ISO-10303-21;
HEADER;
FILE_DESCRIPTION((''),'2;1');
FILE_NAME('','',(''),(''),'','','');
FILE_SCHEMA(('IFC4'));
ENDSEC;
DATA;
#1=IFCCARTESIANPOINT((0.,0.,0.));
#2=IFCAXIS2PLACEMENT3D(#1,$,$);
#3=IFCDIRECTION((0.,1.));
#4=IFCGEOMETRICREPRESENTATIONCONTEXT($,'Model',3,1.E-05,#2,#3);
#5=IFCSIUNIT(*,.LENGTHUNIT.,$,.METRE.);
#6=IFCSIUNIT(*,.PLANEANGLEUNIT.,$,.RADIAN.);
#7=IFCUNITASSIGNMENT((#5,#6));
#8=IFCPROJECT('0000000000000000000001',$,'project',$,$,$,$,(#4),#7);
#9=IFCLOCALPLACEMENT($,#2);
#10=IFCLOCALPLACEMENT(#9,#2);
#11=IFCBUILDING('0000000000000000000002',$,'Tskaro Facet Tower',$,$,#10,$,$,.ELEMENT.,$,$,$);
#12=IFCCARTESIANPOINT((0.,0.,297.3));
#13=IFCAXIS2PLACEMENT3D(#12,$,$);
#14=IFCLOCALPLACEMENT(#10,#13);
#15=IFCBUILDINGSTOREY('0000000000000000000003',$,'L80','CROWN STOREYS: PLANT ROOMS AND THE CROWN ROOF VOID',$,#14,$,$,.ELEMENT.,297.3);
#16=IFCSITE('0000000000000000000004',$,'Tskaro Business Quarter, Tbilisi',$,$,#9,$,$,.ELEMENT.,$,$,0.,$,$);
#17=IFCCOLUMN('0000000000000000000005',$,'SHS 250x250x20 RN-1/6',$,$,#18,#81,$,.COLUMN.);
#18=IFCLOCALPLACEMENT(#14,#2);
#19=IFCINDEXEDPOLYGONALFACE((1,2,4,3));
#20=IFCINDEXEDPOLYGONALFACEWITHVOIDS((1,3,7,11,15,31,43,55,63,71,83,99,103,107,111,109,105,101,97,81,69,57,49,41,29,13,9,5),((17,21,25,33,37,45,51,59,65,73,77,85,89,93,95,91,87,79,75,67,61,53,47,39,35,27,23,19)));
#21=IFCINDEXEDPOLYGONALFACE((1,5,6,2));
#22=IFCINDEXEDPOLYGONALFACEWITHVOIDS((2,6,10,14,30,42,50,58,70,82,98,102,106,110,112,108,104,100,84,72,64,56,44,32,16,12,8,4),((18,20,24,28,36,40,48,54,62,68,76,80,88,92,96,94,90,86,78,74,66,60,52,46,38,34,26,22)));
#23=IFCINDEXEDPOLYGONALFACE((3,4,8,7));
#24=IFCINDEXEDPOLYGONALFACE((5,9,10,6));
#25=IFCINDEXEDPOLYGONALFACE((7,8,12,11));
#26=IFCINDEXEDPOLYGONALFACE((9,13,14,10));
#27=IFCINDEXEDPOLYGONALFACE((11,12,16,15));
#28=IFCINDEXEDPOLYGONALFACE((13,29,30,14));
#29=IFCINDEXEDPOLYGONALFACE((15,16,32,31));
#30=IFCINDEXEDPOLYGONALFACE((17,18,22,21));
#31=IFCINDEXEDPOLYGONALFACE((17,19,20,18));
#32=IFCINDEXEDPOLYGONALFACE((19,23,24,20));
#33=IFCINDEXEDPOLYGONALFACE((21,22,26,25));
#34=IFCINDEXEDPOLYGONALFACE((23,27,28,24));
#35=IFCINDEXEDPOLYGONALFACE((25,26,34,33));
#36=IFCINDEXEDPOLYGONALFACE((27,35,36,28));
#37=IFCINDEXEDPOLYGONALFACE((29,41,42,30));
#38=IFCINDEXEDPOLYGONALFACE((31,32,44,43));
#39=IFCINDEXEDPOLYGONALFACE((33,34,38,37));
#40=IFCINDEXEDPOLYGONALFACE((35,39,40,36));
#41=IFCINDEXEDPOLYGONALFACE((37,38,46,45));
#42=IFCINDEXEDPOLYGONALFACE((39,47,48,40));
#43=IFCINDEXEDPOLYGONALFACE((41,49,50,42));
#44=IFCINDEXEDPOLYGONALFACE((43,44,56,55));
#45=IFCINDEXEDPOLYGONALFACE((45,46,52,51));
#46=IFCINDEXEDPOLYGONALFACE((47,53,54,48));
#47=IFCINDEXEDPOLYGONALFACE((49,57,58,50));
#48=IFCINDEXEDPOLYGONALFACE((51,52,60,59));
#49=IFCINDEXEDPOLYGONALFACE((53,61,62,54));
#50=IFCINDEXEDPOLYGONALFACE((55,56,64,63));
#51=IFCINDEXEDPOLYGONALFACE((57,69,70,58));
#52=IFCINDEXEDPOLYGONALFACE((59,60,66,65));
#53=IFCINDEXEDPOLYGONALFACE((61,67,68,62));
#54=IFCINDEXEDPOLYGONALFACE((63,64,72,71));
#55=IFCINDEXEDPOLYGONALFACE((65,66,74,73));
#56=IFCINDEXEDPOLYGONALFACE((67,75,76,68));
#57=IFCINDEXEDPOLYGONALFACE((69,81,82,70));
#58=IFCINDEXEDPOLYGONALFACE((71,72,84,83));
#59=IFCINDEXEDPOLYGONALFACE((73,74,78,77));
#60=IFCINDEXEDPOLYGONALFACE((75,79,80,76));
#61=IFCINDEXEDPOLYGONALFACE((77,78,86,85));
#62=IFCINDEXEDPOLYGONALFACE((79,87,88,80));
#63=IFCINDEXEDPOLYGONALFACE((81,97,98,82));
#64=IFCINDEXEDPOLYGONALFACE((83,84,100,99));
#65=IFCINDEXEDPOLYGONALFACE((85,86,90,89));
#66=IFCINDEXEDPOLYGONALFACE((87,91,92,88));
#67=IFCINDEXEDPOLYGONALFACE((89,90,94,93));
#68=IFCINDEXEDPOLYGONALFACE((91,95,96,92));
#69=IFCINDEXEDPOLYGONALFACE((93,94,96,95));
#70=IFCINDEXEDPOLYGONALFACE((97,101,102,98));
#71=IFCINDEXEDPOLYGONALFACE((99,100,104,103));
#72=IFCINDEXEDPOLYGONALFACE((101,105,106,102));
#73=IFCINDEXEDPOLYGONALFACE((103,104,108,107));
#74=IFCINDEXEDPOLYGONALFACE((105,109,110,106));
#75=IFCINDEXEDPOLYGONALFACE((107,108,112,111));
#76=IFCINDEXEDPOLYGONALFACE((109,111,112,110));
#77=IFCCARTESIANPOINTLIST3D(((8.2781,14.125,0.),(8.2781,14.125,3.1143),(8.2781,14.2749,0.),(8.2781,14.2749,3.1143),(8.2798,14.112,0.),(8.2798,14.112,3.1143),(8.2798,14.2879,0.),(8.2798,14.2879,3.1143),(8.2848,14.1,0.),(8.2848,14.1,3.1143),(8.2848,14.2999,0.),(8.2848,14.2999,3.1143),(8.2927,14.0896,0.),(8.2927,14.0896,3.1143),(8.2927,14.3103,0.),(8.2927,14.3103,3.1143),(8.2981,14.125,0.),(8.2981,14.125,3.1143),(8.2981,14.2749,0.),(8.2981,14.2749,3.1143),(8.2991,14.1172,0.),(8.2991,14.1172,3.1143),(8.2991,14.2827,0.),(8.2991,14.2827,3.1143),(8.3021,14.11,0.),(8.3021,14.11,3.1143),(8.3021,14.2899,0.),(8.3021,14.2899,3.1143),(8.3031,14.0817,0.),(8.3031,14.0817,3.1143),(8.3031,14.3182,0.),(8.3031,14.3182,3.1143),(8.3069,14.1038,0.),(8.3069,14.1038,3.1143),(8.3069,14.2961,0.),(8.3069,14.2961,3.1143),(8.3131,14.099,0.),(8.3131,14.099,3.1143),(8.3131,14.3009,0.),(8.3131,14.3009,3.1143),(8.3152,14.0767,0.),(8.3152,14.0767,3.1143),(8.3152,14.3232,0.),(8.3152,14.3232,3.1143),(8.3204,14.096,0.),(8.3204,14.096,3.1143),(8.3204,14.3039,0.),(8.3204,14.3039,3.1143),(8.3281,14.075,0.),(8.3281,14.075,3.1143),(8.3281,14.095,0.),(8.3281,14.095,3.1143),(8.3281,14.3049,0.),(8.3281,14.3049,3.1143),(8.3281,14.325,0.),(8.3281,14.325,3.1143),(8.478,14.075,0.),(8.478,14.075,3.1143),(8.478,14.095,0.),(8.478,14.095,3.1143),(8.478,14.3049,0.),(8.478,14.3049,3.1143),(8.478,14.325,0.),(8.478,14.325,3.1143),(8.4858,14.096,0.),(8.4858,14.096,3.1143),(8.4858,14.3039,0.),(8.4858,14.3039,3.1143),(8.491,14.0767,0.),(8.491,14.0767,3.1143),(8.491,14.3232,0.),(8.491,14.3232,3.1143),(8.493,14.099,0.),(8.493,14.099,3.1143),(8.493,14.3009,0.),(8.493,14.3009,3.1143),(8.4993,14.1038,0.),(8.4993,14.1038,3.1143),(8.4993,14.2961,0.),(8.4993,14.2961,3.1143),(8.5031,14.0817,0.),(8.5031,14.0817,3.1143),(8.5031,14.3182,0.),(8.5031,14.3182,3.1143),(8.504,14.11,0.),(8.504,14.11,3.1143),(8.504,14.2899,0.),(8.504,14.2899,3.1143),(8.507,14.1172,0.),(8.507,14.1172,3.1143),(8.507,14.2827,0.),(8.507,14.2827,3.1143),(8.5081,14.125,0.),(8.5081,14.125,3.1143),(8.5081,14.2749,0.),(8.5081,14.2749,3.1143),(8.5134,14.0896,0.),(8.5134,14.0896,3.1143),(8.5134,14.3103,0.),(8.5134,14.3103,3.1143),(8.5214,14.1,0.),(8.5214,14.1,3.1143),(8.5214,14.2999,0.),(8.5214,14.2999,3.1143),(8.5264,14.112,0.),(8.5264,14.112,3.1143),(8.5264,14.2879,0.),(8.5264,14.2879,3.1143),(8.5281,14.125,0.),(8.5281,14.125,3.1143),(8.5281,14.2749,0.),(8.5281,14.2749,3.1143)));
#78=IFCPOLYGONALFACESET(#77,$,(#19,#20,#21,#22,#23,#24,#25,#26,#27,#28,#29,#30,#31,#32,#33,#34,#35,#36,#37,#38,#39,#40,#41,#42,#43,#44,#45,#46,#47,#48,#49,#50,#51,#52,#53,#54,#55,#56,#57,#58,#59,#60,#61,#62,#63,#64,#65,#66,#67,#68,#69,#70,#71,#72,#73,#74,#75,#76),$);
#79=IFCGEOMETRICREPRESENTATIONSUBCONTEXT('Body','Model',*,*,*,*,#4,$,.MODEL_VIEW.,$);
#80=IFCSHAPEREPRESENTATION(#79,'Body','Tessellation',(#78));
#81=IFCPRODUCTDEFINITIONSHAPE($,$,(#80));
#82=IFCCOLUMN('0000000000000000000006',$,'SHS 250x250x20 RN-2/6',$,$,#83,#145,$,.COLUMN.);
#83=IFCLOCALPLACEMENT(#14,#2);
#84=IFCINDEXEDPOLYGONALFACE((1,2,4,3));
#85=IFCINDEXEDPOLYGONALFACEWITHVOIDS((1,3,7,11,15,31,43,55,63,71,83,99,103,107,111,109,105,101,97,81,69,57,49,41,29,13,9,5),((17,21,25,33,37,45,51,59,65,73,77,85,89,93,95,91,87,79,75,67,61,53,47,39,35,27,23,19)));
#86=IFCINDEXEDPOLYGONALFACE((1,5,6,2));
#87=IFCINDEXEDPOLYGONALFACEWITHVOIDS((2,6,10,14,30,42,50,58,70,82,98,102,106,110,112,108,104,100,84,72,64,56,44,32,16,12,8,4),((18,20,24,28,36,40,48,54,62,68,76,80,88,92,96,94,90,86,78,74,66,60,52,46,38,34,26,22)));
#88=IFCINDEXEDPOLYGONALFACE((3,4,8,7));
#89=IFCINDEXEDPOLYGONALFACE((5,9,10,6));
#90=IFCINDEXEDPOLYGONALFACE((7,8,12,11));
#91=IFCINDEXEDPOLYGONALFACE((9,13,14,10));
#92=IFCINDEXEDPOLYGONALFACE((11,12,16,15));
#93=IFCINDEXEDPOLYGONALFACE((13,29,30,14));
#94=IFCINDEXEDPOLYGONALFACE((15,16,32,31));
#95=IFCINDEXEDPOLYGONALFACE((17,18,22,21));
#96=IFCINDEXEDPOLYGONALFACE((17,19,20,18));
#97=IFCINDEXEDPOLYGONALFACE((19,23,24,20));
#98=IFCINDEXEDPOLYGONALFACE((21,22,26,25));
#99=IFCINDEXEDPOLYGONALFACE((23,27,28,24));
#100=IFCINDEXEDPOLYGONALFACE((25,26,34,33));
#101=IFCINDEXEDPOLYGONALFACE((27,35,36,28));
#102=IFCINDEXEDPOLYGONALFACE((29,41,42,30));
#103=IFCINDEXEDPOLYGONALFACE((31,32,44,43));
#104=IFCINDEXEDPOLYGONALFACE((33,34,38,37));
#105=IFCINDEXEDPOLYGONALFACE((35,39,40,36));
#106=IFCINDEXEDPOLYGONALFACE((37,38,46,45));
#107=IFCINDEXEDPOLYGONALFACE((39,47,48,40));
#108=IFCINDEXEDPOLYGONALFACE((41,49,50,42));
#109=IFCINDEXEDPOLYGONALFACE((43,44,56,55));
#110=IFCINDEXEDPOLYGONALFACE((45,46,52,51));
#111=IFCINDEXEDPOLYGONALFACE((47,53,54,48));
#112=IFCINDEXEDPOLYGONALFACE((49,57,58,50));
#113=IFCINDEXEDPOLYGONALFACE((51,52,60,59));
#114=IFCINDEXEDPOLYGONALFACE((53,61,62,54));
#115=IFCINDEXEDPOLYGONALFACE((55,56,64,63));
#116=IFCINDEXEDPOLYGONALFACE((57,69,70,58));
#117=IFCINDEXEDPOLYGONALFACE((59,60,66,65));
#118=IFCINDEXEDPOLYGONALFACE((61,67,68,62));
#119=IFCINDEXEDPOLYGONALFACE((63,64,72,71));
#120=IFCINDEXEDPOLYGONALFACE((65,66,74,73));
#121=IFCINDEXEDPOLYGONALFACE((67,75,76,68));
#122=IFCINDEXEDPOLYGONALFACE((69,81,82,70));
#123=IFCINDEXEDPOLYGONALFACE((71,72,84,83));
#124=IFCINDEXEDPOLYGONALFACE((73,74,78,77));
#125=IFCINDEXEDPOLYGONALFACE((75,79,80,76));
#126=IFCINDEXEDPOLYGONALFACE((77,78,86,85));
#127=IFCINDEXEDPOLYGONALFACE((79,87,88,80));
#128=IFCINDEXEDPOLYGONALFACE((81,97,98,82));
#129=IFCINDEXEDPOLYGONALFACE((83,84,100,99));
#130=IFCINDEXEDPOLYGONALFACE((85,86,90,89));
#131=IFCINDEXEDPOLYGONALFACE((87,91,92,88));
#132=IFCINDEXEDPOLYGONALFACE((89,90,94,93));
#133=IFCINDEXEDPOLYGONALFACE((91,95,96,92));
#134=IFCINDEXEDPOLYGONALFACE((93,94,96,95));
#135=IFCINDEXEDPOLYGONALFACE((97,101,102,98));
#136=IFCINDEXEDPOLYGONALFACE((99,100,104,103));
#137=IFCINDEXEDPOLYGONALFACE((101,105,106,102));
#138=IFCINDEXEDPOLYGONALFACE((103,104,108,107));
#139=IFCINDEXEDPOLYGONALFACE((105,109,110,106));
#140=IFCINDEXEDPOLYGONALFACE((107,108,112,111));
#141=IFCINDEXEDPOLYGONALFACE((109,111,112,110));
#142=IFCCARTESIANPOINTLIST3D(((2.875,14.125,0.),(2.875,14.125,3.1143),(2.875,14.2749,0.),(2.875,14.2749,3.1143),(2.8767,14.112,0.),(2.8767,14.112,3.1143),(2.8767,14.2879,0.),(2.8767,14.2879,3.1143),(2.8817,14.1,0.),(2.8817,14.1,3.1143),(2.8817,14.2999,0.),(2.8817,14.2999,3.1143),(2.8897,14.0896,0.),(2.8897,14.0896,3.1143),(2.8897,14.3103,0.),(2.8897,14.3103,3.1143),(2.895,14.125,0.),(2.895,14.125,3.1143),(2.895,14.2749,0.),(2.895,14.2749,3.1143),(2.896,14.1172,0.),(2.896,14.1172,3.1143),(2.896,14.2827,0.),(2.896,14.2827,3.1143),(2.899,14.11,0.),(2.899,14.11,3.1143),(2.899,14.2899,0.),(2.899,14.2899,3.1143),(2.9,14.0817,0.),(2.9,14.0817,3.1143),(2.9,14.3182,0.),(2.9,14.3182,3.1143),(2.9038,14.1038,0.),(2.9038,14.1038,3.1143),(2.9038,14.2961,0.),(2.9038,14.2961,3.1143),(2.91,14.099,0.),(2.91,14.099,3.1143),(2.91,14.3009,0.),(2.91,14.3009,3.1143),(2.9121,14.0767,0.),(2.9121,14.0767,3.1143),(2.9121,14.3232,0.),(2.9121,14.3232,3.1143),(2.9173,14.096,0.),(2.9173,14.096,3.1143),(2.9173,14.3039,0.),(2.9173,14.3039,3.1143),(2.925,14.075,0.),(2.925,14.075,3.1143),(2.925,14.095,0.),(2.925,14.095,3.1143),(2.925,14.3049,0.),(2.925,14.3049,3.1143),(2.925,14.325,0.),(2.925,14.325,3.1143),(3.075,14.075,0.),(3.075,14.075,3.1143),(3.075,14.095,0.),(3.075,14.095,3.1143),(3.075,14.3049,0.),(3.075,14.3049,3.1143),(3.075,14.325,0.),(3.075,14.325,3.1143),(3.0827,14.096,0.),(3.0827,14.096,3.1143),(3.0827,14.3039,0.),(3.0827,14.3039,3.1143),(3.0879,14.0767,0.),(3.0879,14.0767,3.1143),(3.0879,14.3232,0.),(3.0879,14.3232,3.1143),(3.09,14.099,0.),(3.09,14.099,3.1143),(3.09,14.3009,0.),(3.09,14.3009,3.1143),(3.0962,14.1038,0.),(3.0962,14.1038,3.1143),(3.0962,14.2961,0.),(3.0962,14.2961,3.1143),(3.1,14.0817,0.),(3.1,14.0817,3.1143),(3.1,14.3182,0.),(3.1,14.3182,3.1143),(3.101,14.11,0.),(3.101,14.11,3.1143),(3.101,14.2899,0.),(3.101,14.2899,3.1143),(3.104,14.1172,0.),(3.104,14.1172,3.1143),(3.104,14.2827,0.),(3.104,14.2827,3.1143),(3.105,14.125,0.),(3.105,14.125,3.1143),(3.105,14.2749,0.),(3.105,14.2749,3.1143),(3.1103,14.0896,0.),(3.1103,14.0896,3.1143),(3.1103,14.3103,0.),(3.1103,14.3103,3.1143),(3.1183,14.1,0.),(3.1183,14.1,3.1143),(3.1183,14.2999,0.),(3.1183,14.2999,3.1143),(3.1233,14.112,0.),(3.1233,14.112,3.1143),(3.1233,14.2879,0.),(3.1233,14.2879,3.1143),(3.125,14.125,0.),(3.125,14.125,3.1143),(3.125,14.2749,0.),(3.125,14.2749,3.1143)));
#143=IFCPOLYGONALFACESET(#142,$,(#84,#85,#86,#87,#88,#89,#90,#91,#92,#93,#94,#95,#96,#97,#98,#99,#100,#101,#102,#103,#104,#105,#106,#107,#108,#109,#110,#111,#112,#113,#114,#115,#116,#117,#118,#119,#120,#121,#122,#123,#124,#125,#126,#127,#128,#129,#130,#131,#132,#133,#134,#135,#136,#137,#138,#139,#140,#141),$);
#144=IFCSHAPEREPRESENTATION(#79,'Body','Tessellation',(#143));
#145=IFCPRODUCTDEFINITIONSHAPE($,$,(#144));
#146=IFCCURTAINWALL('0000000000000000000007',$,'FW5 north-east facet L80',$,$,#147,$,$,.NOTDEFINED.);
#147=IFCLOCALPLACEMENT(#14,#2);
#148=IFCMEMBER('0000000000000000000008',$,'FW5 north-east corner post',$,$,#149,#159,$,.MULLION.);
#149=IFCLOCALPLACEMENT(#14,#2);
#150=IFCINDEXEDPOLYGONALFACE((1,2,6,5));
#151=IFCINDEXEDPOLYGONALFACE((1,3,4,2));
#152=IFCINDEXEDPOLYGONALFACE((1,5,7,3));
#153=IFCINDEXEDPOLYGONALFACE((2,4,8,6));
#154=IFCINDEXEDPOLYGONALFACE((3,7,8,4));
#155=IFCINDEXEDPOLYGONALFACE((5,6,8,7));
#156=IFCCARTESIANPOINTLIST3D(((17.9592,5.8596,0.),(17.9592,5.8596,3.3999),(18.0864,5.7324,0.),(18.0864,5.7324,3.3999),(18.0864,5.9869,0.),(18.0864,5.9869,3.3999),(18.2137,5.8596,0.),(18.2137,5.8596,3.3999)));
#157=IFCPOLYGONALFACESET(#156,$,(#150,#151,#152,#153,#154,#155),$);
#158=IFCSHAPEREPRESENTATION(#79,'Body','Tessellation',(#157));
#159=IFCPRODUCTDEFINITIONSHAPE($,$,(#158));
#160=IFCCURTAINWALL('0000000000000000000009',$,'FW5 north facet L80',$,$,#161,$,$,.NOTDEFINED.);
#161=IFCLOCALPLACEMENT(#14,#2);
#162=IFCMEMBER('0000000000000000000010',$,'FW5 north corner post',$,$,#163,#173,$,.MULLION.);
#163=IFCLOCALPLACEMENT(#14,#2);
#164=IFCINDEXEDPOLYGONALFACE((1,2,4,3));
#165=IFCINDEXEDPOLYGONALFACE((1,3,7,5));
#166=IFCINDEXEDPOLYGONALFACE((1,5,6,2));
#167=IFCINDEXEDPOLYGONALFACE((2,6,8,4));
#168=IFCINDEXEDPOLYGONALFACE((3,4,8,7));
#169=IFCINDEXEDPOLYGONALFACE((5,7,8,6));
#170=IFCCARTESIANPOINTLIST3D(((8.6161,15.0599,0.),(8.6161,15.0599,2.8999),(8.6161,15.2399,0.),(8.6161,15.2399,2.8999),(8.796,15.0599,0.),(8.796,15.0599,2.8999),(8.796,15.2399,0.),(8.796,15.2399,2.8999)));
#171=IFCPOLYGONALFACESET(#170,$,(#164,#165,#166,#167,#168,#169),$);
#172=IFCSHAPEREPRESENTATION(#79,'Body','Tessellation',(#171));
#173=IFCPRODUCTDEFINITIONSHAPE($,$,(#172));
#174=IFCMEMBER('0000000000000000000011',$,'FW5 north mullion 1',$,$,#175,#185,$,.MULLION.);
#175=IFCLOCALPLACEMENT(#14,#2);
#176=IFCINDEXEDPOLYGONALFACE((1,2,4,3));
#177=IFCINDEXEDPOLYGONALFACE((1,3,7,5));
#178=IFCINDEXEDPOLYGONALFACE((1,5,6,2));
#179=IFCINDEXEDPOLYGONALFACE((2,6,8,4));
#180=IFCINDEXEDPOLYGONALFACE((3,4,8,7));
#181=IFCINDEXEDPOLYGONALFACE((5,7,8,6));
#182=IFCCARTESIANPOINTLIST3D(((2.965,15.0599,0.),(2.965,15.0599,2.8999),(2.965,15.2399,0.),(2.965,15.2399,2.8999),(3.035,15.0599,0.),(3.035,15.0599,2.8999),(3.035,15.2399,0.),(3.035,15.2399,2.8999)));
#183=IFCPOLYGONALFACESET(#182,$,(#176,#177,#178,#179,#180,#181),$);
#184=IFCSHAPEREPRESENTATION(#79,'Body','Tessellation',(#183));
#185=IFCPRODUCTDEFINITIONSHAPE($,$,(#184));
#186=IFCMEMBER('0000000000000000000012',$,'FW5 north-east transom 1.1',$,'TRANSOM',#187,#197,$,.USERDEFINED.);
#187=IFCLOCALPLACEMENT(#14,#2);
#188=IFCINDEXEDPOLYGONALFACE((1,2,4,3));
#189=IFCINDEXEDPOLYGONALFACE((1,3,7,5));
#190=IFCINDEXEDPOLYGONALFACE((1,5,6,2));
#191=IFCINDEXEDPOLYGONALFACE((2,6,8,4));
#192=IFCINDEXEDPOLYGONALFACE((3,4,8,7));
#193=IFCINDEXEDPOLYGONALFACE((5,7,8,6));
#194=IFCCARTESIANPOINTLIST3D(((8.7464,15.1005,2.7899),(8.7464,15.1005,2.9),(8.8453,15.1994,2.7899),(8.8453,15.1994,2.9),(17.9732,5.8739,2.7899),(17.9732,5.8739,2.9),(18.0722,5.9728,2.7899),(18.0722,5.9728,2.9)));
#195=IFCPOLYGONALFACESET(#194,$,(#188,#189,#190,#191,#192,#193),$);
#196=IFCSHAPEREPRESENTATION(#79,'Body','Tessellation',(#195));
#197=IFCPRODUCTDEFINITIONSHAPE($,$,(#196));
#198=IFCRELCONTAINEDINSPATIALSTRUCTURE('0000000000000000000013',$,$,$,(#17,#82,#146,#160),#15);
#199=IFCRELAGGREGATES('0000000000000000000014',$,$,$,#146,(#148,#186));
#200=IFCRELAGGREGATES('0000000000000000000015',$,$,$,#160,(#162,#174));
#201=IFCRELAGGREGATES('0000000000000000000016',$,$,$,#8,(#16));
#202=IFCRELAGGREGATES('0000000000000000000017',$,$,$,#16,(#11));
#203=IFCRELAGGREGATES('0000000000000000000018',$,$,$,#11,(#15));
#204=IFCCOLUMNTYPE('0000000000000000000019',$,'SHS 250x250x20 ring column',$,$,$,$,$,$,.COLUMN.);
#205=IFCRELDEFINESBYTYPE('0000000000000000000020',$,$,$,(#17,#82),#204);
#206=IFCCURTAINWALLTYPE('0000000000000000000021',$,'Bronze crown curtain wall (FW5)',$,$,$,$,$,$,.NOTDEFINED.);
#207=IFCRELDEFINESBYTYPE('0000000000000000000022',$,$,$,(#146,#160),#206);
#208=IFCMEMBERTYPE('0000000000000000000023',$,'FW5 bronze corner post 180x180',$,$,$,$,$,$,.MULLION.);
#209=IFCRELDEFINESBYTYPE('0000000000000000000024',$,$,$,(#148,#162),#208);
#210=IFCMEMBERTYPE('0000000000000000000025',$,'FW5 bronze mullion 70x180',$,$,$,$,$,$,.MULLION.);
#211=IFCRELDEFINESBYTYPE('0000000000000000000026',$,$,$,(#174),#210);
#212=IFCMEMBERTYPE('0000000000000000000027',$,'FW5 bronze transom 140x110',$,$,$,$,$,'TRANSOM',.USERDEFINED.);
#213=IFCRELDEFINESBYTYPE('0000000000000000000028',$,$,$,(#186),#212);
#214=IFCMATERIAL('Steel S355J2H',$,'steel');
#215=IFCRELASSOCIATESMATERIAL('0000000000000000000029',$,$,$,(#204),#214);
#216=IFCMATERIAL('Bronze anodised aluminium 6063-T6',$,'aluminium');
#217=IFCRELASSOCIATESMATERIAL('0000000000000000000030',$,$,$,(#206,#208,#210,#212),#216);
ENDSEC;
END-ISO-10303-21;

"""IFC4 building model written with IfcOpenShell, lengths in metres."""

from ifc_helpers import new_model, si_unit, direction, frame, origin, origin_2d, place, context, subcontext, project, spatial, rectangle, hollow_rectangle, extrude, material, material_profile, profile_set, type_object, element, aggregate, save


model = new_model("IFC4")

# Units and contexts
model_context = context("Model", 3, precision=1e-05, world=origin(), true_north=direction((0.0, 1.0)))
body_context = subcontext(model_context, "Body", "Model", "MODEL_VIEW")
ifc_project = project(units=[si_unit("LENGTHUNIT", "METRE"), si_unit("PLANEANGLEUNIT", "RADIAN")], contexts=[model_context])

# Site, building, storey
site_placement = place(None, origin())
site = spatial("IfcSite", under=ifc_project, at=site_placement, Name="Tskaro Business Quarter, Tbilisi", CompositionType="ELEMENT", RefElevation=0.0)
building_placement = place(site_placement, origin())
building = spatial("IfcBuilding", under=site, at=building_placement, Name="Tskaro Facet Tower", CompositionType="ELEMENT")
storey_placement = place(building_placement, frame((0.0, 0.0, 297.3)))
storey = spatial("IfcBuildingStorey", under=building, at=storey_placement, Name="L80", Description="CROWN STOREYS: PLANT ROOMS AND THE CROWN ROOF VOID", CompositionType="ELEMENT", Elevation=297.3)

# Columns
ifc_material_1 = material(Name="Steel S355J2H", Category="steel")
ifc_material_profile_1 = material_profile(ifc_material_1, hollow_rectangle(XDim=0.25, YDim=0.25, WallThickness=0.02, InnerFilletRadius=0.03, OuterFilletRadius=0.05, at=origin_2d()), Name="SHS 250x250x20")
ifc_profile_set_1 = profile_set([ifc_material_profile_1], Name="Steel S355J2H")
column_type_1 = type_object("IfcColumnType", Name="SHS 250x250x20 ring column", PredefinedType="COLUMN", material=ifc_profile_set_1)
for number, where, z_axis, x_axis, name in (
    (1, (8.4031, 14.2, 0.0), (0.0, 0.0, 1.0), (1.0, 0.0, 0.0), "SHS 250x250x20 RN-1/6"),
    (2, (3.0, 14.2, 0.0), (0.0, 0.0, 1.0), (1.0, 0.0, 0.0), "SHS 250x250x20 RN-2/6"),
):
    element("IfcColumn", number, at=place(storey_placement, frame(where, z_axis=z_axis, x_axis=x_axis)), inside=storey, type_object=column_type_1, Name=name, PredefinedType="COLUMN", context=body_context, shape_type="SweptSolid", body=[
        extrude(hollow_rectangle(XDim=0.25, YDim=0.25, WallThickness=0.02, InnerFilletRadius=0.03, OuterFilletRadius=0.05, at=origin_2d()), origin(), (0.0, 0.0, 1.0), 3.1143),
    ])

# Curtain wall, member
ifc_material_2 = material(Name="Bronze anodised aluminium 6063-T6", Category="aluminium")
curtain_wall_type = type_object("IfcCurtainWallType", Name="Bronze crown curtain wall (FW5)", PredefinedType="NOTDEFINED", material=ifc_material_2)
curtain_wall_1_placement = place(storey_placement, origin())
curtain_wall_1 = element("IfcCurtainWall", 3, at=curtain_wall_1_placement, inside=storey, type_object=curtain_wall_type, Name="FW5 north-east facet L80", PredefinedType="NOTDEFINED")
ifc_material_profile_2 = material_profile(ifc_material_2, rectangle(XDim=0.1799, YDim=0.1799, at=origin_2d()), Name="Corner post 180x180")
ifc_profile_set_2 = profile_set([ifc_material_profile_2], Name="Bronze anodised aluminium 6063-T6")
member_type_1 = type_object("IfcMemberType", Name="FW5 bronze corner post 180x180", PredefinedType="MULLION", material=ifc_profile_set_2)
member_1_placement = place(storey_placement, frame((18.0864, 5.8596, 0.0), z_axis=(0.0, 0.0, 1.0), x_axis=(-0.707107, 0.707107, 0.0)))
member_1 = element("IfcMember", 4, at=member_1_placement, type_object=member_type_1, Name="FW5 north-east corner post", PredefinedType="MULLION", context=body_context, shape_type="SweptSolid", body=[
    extrude(rectangle(XDim=0.1799, YDim=0.1799, at=origin_2d()), origin(), (0.0, 0.0, 1.0), 3.3999),
])

# Curtain wall, members
curtain_wall_2_placement = place(storey_placement, origin())
curtain_wall_2 = element("IfcCurtainWall", 5, at=curtain_wall_2_placement, inside=storey, type_object=curtain_wall_type, Name="FW5 north facet L80", PredefinedType="NOTDEFINED")
member_2_placement = place(storey_placement, frame((8.7061, 15.1499, 0.0), z_axis=(0.0, 0.0, 1.0), x_axis=(-1.0, 0.0, 0.0)))
member_2 = element("IfcMember", 6, at=member_2_placement, type_object=member_type_1, Name="FW5 north corner post", PredefinedType="MULLION", context=body_context, shape_type="SweptSolid", body=[
    extrude(rectangle(XDim=0.1799, YDim=0.1799, at=origin_2d()), origin(), (0.0, 0.0, 1.0), 2.8999),
])
ifc_material_profile_3 = material_profile(ifc_material_2, rectangle(XDim=0.0701, YDim=0.1799, at=origin_2d()), Name="Mullion 70x180")
ifc_profile_set_3 = profile_set([ifc_material_profile_3], Name="Bronze anodised aluminium 6063-T6")
member_type_2 = type_object("IfcMemberType", Name="FW5 bronze mullion 70x180", PredefinedType="MULLION", material=ifc_profile_set_3)
member_3_placement = place(storey_placement, frame((3.0, 15.1499, 0.0), z_axis=(0.0, 0.0, 1.0), x_axis=(-1.0, 0.0, 0.0)))
member_3 = element("IfcMember", 7, at=member_3_placement, type_object=member_type_2, Name="FW5 north mullion 1", PredefinedType="MULLION", context=body_context, shape_type="SweptSolid", body=[
    extrude(rectangle(XDim=0.0701, YDim=0.1799, at=origin_2d()), origin(), (0.0, 0.0, 1.0), 2.8999),
])

# Member
ifc_material_profile_4 = material_profile(ifc_material_2, rectangle(XDim=0.1399, YDim=0.1101, at=origin_2d()), Name="Transom 140x110")
ifc_profile_set_4 = profile_set([ifc_material_profile_4], Name="Bronze anodised aluminium 6063-T6")
member_type_3 = type_object("IfcMemberType", Name="FW5 bronze transom 140x110", ElementType="TRANSOM", PredefinedType="USERDEFINED", material=ifc_profile_set_4)
member_4_placement = place(storey_placement, frame((18.0227, 5.9233, 2.845), z_axis=(-0.707116, 0.707097, 0.0), x_axis=(-0.707097, -0.707116, 0.0)))
member_4 = element("IfcMember", 8, at=member_4_placement, type_object=member_type_3, Name="FW5 north-east transom 1.1", ObjectType="TRANSOM", PredefinedType="USERDEFINED", context=body_context, shape_type="SweptSolid", body=[
    extrude(rectangle(XDim=0.1399, YDim=0.1101, at=origin_2d()), origin(), (0.0, 0.0, 1.0), 13.0486),
])

aggregate(curtain_wall_1, [member_1, member_4])
aggregate(curtain_wall_2, [member_2, member_3])

save(model, "model.ifc")
